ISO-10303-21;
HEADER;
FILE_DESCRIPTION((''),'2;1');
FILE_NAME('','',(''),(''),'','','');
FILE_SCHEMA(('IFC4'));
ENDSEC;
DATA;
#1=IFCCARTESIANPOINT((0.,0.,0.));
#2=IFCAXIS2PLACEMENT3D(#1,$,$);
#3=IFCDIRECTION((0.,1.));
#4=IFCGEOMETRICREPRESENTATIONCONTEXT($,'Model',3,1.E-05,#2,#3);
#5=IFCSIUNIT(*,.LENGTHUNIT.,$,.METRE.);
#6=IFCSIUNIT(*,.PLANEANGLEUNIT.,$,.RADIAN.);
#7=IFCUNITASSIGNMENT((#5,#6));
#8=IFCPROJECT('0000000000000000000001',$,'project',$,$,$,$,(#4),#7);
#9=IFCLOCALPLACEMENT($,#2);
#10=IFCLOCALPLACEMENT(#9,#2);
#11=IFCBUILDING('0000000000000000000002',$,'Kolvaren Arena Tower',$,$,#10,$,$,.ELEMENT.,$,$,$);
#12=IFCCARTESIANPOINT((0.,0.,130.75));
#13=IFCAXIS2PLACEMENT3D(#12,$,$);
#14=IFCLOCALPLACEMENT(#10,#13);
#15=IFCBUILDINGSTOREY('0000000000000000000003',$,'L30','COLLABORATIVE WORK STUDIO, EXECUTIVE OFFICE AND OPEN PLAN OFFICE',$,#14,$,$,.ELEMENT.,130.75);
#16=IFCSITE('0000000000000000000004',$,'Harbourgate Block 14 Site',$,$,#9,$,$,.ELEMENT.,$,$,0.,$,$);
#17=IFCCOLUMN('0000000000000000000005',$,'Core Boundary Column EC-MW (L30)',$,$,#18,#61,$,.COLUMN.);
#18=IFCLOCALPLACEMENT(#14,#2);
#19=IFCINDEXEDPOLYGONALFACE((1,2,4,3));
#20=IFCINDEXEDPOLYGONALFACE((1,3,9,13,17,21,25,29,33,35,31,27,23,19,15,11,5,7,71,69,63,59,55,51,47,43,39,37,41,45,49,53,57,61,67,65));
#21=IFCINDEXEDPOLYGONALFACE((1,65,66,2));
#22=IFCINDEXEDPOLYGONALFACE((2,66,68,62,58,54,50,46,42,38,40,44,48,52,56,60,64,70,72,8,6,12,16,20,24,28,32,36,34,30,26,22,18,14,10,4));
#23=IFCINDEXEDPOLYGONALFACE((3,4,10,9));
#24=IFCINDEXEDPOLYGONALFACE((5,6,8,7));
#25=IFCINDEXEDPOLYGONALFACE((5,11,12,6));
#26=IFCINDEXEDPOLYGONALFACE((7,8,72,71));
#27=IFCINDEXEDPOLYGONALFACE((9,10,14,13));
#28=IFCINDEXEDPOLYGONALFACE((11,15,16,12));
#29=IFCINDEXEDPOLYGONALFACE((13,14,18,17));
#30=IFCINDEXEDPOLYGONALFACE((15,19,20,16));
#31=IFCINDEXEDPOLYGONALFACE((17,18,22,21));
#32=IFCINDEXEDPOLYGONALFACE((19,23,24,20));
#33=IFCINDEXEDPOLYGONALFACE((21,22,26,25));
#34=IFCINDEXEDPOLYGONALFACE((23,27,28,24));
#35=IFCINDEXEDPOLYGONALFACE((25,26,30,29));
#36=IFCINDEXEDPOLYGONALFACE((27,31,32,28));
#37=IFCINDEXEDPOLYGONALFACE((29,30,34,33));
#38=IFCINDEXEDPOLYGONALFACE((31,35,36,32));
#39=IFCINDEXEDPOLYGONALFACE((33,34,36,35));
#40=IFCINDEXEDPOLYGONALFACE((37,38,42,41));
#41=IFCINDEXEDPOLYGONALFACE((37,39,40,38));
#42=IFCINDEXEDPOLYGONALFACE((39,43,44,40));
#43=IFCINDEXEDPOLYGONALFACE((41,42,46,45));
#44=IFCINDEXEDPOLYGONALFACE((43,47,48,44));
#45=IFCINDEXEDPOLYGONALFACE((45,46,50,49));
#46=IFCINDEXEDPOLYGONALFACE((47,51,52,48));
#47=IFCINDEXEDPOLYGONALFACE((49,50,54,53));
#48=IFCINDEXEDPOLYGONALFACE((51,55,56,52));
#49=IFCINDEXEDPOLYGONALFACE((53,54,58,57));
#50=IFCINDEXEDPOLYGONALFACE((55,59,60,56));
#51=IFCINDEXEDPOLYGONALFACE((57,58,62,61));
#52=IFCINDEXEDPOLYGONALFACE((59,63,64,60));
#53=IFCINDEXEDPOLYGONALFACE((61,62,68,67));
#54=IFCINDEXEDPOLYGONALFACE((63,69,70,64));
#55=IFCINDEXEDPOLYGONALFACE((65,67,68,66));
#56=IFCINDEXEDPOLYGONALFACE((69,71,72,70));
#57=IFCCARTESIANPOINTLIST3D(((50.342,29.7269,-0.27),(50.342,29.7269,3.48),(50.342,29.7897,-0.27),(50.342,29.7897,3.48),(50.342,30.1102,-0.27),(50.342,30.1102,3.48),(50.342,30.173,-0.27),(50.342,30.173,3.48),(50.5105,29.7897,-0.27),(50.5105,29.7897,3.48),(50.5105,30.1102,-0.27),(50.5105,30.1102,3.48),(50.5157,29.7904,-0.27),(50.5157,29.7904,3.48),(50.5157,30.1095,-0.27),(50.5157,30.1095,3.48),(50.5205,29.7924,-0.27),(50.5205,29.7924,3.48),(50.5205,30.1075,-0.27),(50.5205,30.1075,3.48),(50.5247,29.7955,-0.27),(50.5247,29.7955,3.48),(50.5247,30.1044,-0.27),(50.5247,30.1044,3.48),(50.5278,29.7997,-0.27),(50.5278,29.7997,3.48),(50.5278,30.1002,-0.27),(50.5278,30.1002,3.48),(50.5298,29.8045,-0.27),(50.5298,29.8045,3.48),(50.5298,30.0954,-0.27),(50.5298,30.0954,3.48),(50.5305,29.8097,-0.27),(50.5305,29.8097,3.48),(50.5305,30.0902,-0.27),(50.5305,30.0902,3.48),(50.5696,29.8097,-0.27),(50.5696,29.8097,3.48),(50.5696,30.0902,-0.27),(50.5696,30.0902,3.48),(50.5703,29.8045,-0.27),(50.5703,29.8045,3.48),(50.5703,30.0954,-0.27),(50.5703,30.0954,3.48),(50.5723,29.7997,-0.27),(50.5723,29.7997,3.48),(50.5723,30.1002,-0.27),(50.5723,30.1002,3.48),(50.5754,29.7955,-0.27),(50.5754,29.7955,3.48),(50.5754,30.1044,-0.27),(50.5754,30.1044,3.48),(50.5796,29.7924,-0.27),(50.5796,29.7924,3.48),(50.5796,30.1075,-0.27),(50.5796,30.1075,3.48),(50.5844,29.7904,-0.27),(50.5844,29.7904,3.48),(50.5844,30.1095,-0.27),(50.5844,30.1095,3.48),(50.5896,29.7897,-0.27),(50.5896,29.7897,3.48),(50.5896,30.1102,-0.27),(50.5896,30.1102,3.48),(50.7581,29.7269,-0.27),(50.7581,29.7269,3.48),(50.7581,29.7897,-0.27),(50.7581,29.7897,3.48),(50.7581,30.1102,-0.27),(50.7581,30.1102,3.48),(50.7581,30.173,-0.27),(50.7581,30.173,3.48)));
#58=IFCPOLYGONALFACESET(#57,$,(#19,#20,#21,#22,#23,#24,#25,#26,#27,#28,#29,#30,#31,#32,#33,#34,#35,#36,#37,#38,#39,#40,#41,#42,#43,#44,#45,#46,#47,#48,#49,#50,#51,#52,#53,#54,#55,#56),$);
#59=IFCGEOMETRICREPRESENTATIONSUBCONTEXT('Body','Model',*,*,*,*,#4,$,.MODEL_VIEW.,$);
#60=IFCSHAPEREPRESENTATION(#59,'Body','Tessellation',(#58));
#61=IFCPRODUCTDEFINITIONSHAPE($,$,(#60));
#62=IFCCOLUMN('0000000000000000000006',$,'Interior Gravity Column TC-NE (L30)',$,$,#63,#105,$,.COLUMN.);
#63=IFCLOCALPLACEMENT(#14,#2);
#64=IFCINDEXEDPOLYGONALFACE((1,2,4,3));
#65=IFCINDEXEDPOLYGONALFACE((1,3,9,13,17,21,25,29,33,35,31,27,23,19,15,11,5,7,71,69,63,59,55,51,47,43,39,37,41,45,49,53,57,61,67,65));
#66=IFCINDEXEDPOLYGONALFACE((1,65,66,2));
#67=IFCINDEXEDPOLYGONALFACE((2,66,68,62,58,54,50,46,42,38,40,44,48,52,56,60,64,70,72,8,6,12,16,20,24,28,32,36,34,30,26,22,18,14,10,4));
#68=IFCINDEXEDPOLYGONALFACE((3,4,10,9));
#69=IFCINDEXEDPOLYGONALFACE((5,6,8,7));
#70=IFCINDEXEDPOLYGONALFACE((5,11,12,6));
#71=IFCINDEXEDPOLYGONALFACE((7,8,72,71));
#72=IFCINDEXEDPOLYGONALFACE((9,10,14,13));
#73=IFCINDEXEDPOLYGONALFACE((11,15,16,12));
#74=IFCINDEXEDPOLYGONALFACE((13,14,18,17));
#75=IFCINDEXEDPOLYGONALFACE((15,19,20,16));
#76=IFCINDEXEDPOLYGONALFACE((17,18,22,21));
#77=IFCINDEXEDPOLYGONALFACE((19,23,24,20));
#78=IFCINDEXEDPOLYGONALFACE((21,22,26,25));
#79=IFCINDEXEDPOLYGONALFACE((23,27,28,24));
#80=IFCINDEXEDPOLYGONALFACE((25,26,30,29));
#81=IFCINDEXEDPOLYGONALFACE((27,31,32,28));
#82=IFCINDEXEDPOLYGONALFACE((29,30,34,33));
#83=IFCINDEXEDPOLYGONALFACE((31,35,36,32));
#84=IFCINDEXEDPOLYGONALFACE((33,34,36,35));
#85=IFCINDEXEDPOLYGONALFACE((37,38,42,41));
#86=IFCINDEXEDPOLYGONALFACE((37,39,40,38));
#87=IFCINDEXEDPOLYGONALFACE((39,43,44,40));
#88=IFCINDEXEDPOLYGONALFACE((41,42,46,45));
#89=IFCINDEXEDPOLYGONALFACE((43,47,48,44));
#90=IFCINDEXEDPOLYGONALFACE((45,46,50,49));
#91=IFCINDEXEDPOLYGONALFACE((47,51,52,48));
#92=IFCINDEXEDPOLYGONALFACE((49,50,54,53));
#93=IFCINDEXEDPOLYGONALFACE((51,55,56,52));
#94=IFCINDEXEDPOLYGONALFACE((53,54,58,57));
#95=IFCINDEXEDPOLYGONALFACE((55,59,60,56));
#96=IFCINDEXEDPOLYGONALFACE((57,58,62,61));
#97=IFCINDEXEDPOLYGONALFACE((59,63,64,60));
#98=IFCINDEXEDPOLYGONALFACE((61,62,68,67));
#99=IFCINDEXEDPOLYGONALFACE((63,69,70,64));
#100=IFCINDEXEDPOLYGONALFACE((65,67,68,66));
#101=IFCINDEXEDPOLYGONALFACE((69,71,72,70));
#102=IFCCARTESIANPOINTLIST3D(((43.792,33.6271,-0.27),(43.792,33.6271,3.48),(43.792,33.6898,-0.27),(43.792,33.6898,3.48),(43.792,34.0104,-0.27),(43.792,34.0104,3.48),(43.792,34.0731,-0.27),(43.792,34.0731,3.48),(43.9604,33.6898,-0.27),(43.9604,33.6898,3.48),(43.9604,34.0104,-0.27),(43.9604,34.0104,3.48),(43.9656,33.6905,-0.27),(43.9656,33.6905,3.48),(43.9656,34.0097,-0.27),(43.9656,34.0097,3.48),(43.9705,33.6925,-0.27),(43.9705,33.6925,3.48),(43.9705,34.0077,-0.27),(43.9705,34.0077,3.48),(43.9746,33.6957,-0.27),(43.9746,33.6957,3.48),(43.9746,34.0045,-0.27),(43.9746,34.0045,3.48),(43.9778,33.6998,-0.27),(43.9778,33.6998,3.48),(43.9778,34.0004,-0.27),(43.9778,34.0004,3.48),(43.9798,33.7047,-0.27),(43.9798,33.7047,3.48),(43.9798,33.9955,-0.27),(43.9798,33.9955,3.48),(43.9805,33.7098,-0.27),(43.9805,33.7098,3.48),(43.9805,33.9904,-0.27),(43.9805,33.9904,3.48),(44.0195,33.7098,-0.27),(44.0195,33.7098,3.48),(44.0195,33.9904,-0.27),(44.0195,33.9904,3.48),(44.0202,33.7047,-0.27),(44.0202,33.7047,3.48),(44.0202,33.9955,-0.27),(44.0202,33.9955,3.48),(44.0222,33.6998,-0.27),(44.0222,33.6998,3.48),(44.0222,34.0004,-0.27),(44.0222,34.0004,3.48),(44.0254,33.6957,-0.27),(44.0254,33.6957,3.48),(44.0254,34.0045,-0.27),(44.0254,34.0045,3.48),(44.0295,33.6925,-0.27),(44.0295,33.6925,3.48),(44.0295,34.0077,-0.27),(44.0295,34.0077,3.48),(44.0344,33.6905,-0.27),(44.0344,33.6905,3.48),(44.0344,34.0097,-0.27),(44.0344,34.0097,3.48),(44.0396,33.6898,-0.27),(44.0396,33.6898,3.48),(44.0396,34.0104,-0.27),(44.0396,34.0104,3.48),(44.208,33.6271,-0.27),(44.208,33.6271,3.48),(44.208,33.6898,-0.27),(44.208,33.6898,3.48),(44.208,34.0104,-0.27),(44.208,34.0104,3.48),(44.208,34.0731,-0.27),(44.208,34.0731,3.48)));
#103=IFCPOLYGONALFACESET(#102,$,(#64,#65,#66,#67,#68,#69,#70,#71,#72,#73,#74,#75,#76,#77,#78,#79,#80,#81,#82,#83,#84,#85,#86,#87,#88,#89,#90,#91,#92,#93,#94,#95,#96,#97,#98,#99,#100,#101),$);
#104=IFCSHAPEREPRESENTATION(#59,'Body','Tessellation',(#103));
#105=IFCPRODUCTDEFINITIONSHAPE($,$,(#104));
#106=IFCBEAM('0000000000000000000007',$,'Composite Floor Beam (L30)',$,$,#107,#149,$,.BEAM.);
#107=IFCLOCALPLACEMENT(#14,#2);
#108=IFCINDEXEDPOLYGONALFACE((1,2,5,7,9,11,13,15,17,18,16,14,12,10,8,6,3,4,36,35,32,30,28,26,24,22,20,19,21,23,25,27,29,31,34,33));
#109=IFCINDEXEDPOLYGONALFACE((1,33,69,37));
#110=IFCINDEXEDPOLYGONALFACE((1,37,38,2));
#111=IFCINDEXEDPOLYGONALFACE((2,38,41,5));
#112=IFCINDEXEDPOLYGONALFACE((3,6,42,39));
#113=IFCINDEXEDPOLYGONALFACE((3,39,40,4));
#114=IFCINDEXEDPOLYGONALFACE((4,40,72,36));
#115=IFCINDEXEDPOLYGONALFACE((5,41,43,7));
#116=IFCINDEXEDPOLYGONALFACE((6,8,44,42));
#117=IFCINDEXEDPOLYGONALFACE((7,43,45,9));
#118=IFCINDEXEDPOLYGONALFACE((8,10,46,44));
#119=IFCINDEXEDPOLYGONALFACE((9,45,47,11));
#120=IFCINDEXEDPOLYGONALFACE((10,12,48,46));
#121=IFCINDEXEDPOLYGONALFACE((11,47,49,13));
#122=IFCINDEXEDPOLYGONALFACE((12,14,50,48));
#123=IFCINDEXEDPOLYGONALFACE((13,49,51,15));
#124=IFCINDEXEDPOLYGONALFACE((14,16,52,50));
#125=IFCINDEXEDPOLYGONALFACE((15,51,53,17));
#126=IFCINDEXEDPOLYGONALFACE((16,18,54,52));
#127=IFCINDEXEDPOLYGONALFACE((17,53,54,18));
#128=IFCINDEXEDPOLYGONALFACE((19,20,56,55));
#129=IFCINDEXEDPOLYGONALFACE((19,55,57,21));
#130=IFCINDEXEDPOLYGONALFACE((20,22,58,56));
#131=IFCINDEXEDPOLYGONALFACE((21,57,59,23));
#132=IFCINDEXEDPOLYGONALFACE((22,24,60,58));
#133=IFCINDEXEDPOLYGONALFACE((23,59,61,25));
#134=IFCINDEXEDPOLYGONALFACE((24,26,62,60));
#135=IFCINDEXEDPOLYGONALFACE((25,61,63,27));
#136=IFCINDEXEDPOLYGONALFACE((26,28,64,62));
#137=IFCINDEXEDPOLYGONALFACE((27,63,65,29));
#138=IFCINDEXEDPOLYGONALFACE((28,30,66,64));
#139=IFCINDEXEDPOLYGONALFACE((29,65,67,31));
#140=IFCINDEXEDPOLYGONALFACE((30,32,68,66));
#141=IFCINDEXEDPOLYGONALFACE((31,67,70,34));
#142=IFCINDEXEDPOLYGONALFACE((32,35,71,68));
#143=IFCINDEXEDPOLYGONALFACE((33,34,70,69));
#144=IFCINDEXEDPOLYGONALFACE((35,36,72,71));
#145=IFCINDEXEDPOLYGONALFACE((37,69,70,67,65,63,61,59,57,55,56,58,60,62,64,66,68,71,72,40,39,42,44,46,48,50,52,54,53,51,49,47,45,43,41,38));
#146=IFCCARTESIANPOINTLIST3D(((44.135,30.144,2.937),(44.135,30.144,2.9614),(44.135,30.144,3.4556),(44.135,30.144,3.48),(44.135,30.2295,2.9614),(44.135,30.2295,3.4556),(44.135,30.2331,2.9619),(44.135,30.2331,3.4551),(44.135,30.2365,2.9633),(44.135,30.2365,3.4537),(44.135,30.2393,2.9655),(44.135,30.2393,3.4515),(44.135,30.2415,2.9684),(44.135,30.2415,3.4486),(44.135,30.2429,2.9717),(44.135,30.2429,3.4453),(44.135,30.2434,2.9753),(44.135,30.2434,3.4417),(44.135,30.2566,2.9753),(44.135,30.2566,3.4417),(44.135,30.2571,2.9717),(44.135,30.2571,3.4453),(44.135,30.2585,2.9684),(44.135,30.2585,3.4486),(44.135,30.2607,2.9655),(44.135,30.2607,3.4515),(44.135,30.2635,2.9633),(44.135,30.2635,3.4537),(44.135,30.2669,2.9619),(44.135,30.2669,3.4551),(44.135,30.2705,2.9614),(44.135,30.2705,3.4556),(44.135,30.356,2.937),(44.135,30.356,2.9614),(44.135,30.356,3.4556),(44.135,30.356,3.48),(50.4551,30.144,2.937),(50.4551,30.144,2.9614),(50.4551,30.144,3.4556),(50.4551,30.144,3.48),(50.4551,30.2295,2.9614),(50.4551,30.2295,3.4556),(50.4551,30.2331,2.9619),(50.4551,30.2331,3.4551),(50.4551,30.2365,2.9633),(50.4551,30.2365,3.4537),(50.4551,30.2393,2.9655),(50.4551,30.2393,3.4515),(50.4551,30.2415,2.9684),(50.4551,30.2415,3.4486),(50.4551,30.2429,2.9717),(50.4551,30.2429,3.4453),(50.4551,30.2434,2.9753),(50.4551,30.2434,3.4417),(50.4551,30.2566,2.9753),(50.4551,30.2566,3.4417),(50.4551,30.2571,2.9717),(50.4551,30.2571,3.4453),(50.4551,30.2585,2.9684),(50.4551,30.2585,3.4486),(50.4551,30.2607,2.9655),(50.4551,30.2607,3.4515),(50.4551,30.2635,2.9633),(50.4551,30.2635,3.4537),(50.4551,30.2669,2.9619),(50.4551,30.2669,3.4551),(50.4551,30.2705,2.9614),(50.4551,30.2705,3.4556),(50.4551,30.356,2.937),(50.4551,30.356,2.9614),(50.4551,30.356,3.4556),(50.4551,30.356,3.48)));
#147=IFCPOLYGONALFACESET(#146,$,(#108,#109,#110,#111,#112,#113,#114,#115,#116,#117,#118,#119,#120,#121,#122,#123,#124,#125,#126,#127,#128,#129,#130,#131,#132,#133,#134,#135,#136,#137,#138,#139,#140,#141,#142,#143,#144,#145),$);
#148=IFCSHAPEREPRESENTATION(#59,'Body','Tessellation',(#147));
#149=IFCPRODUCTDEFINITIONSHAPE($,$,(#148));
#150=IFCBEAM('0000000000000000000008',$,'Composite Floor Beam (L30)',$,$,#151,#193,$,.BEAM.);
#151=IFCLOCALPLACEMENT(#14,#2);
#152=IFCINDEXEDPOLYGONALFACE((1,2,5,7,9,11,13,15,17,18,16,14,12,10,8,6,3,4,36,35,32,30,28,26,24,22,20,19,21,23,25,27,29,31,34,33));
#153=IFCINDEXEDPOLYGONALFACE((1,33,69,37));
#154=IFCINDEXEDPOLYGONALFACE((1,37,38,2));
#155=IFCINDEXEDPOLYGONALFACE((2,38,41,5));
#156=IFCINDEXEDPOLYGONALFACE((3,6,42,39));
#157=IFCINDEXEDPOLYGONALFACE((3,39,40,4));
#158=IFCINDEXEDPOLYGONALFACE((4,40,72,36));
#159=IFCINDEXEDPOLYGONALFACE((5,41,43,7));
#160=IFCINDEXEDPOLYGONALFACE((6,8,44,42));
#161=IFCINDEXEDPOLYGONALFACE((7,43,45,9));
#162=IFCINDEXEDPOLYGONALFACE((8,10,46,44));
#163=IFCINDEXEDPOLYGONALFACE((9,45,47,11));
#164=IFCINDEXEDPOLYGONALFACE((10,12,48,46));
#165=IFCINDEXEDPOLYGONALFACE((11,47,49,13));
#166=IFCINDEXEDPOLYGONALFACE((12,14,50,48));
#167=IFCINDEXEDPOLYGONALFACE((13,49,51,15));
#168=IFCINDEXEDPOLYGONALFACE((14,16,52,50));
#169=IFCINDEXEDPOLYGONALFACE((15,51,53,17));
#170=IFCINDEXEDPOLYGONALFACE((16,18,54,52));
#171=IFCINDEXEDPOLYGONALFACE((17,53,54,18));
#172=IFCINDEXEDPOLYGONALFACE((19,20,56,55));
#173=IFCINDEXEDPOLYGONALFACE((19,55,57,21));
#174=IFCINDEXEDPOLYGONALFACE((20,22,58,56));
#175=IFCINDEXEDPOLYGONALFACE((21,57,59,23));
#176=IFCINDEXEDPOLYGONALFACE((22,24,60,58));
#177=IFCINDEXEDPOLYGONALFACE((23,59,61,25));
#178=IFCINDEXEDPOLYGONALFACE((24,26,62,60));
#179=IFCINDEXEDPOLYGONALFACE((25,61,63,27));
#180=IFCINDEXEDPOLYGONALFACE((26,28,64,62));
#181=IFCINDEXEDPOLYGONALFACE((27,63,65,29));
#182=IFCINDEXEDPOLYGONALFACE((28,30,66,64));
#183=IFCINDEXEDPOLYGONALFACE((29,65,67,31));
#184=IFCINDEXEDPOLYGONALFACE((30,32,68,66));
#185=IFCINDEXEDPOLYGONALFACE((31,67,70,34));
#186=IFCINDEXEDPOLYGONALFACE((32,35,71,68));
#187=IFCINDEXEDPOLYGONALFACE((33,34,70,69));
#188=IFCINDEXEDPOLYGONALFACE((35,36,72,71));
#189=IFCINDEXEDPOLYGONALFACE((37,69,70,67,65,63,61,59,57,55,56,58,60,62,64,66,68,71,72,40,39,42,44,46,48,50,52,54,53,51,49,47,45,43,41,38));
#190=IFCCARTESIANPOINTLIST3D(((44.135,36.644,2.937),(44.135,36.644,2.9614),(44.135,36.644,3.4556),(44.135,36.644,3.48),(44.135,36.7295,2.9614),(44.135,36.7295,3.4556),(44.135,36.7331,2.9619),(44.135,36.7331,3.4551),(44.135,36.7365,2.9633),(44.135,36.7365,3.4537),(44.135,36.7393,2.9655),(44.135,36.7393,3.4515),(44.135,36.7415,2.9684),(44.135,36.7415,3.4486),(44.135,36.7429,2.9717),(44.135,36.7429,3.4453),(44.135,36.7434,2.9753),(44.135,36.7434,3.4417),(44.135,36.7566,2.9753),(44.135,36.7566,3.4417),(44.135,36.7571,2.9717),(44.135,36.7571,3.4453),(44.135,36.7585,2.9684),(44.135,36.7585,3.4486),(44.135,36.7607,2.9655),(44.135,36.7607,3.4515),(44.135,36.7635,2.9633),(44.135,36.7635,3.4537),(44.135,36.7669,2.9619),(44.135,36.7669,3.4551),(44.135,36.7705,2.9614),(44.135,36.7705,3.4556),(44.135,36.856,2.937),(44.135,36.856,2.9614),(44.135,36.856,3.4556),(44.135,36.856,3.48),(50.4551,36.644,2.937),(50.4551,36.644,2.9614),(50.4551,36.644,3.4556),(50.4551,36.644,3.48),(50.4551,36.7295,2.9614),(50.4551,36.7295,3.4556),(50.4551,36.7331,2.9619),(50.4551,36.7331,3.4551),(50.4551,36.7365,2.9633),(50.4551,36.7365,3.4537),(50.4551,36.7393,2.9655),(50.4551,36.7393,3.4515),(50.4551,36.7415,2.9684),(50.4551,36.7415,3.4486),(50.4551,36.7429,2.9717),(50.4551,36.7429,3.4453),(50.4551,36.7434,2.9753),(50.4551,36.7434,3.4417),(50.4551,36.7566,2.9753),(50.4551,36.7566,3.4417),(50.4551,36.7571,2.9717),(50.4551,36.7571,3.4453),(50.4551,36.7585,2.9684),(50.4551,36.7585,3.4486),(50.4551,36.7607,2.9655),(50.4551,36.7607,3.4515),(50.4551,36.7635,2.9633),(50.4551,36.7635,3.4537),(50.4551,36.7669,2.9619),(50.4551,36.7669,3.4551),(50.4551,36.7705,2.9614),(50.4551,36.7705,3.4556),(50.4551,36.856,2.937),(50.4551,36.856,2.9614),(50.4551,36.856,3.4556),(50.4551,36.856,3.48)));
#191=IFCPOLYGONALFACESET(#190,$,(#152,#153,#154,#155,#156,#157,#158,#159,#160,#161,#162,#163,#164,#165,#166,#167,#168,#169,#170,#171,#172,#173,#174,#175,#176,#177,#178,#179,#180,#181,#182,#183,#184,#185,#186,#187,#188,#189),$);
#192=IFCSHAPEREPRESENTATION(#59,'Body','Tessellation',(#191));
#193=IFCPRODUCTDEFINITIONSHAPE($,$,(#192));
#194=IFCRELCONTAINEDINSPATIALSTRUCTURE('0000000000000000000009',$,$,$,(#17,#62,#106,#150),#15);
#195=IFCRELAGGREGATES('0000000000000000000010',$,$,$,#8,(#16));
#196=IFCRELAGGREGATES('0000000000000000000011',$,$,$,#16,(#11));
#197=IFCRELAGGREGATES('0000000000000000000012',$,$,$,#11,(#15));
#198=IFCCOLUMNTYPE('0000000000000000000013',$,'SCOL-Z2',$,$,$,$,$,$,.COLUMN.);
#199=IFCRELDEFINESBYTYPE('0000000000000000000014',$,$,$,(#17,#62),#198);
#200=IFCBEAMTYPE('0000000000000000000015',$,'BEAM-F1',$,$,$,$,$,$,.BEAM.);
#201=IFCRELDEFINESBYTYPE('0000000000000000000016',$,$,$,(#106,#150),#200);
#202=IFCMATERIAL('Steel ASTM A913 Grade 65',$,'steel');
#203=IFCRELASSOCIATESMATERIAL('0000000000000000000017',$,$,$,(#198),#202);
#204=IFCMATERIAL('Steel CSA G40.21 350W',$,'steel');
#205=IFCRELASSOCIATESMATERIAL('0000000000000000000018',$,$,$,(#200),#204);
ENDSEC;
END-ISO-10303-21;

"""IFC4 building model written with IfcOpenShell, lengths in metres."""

from ifc_helpers import new_model, si_unit, direction, frame, origin, origin_2d, place, context, subcontext, project, spatial, i_section, extrude, material, material_profile, profile_set, type_object, element, save


model = new_model("IFC4")

# Units and contexts
model_context = context("Model", 3, precision=1e-05, world=origin(), true_north=direction((0.0, 1.0)))
body_context = subcontext(model_context, "Body", "Model", "MODEL_VIEW")
ifc_project = project(units=[si_unit("LENGTHUNIT", "METRE"), si_unit("PLANEANGLEUNIT", "RADIAN")], contexts=[model_context])

# Site, building, storey
site_placement = place(None, origin())
site = spatial("IfcSite", under=ifc_project, at=site_placement, Name="Harbourgate Block 14 Site", CompositionType="ELEMENT", RefElevation=0.0)
building_placement = place(site_placement, origin())
building = spatial("IfcBuilding", under=site, at=building_placement, Name="Kolvaren Arena Tower", CompositionType="ELEMENT")
storey_placement = place(building_placement, frame((0.0, 0.0, 130.75)))
storey = spatial("IfcBuildingStorey", under=building, at=storey_placement, Name="L30", Description="COLLABORATIVE WORK STUDIO, EXECUTIVE OFFICE AND OPEN PLAN OFFICE", CompositionType="ELEMENT", Elevation=130.75)

# Columns
ifc_material_1 = material(Name="Steel ASTM A913 Grade 65", Category="steel")
ifc_material_profile_1 = material_profile(ifc_material_1, i_section(OverallWidth=0.416, OverallDepth=0.446, WebThickness=0.0391, FlangeThickness=0.0627, FilletRadius=0.02, at=origin_2d()), Name="W360x509")
ifc_profile_set_1 = profile_set([ifc_material_profile_1], Name="Steel ASTM A913 Grade 65")
column_type = type_object("IfcColumnType", Name="SCOL-Z2", PredefinedType="COLUMN", material=ifc_profile_set_1)
for number, where, z_axis, x_axis, name in (
    (1, (50.55, 29.95, -0.27), (0.0, 0.0, 1.0), (1.0, 0.0, 0.0), "Core Boundary Column EC-MW (L30)"),
    (2, (44.0, 33.8501, -0.27), (0.0, 0.0, 1.0), (1.0, 0.0, 0.0), "Interior Gravity Column TC-NE (L30)"),
):
    element("IfcColumn", number, at=place(storey_placement, frame(where, z_axis=z_axis, x_axis=x_axis)), inside=storey, type_object=column_type, Name=name, PredefinedType="COLUMN", context=body_context, shape_type="SweptSolid", body=[
        extrude(i_section(OverallWidth=0.416, OverallDepth=0.446, WebThickness=0.0391, FlangeThickness=0.0627, FilletRadius=0.02, at=origin_2d()), origin(), (0.0, 0.0, 1.0), 3.75),
    ])

# Beams
ifc_material_2 = material(Name="Steel CSA G40.21 350W", Category="steel")
ifc_material_profile_2 = material_profile(ifc_material_2, i_section(OverallWidth=0.2119, OverallDepth=0.543, WebThickness=0.0132, FlangeThickness=0.0244, FilletRadius=0.0139, at=origin_2d()), Name="W530x150")
ifc_profile_set_2 = profile_set([ifc_material_profile_2], Name="Steel CSA G40.21 350W")
beam_type_1 = type_object("IfcBeamType", Name="BEAM-F1", PredefinedType="BEAM", material=ifc_profile_set_2)
for number, where, z_axis, x_axis, name in (
    (3, (44.135, 30.25, 3.2085), (1.0, 0.0, 0.0), (0.0, 1.0, 0.0), "Composite Floor Beam (L30)"),
    (4, (44.135, 36.75, 3.2085), (1.0, 0.0, 0.0), (0.0, 1.0, 0.0), "Composite Floor Beam (L30)"),
):
    element("IfcBeam", number, at=place(storey_placement, frame(where, z_axis=z_axis, x_axis=x_axis)), inside=storey, type_object=beam_type_1, Name=name, PredefinedType="BEAM", context=body_context, shape_type="SweptSolid", body=[
        extrude(i_section(OverallWidth=0.2119, OverallDepth=0.543, WebThickness=0.0132, FlangeThickness=0.0244, FilletRadius=0.0139, at=origin_2d()), origin(), (0.0, 0.0, 1.0), 6.3201),
    ])

save(model, "model.ifc")
